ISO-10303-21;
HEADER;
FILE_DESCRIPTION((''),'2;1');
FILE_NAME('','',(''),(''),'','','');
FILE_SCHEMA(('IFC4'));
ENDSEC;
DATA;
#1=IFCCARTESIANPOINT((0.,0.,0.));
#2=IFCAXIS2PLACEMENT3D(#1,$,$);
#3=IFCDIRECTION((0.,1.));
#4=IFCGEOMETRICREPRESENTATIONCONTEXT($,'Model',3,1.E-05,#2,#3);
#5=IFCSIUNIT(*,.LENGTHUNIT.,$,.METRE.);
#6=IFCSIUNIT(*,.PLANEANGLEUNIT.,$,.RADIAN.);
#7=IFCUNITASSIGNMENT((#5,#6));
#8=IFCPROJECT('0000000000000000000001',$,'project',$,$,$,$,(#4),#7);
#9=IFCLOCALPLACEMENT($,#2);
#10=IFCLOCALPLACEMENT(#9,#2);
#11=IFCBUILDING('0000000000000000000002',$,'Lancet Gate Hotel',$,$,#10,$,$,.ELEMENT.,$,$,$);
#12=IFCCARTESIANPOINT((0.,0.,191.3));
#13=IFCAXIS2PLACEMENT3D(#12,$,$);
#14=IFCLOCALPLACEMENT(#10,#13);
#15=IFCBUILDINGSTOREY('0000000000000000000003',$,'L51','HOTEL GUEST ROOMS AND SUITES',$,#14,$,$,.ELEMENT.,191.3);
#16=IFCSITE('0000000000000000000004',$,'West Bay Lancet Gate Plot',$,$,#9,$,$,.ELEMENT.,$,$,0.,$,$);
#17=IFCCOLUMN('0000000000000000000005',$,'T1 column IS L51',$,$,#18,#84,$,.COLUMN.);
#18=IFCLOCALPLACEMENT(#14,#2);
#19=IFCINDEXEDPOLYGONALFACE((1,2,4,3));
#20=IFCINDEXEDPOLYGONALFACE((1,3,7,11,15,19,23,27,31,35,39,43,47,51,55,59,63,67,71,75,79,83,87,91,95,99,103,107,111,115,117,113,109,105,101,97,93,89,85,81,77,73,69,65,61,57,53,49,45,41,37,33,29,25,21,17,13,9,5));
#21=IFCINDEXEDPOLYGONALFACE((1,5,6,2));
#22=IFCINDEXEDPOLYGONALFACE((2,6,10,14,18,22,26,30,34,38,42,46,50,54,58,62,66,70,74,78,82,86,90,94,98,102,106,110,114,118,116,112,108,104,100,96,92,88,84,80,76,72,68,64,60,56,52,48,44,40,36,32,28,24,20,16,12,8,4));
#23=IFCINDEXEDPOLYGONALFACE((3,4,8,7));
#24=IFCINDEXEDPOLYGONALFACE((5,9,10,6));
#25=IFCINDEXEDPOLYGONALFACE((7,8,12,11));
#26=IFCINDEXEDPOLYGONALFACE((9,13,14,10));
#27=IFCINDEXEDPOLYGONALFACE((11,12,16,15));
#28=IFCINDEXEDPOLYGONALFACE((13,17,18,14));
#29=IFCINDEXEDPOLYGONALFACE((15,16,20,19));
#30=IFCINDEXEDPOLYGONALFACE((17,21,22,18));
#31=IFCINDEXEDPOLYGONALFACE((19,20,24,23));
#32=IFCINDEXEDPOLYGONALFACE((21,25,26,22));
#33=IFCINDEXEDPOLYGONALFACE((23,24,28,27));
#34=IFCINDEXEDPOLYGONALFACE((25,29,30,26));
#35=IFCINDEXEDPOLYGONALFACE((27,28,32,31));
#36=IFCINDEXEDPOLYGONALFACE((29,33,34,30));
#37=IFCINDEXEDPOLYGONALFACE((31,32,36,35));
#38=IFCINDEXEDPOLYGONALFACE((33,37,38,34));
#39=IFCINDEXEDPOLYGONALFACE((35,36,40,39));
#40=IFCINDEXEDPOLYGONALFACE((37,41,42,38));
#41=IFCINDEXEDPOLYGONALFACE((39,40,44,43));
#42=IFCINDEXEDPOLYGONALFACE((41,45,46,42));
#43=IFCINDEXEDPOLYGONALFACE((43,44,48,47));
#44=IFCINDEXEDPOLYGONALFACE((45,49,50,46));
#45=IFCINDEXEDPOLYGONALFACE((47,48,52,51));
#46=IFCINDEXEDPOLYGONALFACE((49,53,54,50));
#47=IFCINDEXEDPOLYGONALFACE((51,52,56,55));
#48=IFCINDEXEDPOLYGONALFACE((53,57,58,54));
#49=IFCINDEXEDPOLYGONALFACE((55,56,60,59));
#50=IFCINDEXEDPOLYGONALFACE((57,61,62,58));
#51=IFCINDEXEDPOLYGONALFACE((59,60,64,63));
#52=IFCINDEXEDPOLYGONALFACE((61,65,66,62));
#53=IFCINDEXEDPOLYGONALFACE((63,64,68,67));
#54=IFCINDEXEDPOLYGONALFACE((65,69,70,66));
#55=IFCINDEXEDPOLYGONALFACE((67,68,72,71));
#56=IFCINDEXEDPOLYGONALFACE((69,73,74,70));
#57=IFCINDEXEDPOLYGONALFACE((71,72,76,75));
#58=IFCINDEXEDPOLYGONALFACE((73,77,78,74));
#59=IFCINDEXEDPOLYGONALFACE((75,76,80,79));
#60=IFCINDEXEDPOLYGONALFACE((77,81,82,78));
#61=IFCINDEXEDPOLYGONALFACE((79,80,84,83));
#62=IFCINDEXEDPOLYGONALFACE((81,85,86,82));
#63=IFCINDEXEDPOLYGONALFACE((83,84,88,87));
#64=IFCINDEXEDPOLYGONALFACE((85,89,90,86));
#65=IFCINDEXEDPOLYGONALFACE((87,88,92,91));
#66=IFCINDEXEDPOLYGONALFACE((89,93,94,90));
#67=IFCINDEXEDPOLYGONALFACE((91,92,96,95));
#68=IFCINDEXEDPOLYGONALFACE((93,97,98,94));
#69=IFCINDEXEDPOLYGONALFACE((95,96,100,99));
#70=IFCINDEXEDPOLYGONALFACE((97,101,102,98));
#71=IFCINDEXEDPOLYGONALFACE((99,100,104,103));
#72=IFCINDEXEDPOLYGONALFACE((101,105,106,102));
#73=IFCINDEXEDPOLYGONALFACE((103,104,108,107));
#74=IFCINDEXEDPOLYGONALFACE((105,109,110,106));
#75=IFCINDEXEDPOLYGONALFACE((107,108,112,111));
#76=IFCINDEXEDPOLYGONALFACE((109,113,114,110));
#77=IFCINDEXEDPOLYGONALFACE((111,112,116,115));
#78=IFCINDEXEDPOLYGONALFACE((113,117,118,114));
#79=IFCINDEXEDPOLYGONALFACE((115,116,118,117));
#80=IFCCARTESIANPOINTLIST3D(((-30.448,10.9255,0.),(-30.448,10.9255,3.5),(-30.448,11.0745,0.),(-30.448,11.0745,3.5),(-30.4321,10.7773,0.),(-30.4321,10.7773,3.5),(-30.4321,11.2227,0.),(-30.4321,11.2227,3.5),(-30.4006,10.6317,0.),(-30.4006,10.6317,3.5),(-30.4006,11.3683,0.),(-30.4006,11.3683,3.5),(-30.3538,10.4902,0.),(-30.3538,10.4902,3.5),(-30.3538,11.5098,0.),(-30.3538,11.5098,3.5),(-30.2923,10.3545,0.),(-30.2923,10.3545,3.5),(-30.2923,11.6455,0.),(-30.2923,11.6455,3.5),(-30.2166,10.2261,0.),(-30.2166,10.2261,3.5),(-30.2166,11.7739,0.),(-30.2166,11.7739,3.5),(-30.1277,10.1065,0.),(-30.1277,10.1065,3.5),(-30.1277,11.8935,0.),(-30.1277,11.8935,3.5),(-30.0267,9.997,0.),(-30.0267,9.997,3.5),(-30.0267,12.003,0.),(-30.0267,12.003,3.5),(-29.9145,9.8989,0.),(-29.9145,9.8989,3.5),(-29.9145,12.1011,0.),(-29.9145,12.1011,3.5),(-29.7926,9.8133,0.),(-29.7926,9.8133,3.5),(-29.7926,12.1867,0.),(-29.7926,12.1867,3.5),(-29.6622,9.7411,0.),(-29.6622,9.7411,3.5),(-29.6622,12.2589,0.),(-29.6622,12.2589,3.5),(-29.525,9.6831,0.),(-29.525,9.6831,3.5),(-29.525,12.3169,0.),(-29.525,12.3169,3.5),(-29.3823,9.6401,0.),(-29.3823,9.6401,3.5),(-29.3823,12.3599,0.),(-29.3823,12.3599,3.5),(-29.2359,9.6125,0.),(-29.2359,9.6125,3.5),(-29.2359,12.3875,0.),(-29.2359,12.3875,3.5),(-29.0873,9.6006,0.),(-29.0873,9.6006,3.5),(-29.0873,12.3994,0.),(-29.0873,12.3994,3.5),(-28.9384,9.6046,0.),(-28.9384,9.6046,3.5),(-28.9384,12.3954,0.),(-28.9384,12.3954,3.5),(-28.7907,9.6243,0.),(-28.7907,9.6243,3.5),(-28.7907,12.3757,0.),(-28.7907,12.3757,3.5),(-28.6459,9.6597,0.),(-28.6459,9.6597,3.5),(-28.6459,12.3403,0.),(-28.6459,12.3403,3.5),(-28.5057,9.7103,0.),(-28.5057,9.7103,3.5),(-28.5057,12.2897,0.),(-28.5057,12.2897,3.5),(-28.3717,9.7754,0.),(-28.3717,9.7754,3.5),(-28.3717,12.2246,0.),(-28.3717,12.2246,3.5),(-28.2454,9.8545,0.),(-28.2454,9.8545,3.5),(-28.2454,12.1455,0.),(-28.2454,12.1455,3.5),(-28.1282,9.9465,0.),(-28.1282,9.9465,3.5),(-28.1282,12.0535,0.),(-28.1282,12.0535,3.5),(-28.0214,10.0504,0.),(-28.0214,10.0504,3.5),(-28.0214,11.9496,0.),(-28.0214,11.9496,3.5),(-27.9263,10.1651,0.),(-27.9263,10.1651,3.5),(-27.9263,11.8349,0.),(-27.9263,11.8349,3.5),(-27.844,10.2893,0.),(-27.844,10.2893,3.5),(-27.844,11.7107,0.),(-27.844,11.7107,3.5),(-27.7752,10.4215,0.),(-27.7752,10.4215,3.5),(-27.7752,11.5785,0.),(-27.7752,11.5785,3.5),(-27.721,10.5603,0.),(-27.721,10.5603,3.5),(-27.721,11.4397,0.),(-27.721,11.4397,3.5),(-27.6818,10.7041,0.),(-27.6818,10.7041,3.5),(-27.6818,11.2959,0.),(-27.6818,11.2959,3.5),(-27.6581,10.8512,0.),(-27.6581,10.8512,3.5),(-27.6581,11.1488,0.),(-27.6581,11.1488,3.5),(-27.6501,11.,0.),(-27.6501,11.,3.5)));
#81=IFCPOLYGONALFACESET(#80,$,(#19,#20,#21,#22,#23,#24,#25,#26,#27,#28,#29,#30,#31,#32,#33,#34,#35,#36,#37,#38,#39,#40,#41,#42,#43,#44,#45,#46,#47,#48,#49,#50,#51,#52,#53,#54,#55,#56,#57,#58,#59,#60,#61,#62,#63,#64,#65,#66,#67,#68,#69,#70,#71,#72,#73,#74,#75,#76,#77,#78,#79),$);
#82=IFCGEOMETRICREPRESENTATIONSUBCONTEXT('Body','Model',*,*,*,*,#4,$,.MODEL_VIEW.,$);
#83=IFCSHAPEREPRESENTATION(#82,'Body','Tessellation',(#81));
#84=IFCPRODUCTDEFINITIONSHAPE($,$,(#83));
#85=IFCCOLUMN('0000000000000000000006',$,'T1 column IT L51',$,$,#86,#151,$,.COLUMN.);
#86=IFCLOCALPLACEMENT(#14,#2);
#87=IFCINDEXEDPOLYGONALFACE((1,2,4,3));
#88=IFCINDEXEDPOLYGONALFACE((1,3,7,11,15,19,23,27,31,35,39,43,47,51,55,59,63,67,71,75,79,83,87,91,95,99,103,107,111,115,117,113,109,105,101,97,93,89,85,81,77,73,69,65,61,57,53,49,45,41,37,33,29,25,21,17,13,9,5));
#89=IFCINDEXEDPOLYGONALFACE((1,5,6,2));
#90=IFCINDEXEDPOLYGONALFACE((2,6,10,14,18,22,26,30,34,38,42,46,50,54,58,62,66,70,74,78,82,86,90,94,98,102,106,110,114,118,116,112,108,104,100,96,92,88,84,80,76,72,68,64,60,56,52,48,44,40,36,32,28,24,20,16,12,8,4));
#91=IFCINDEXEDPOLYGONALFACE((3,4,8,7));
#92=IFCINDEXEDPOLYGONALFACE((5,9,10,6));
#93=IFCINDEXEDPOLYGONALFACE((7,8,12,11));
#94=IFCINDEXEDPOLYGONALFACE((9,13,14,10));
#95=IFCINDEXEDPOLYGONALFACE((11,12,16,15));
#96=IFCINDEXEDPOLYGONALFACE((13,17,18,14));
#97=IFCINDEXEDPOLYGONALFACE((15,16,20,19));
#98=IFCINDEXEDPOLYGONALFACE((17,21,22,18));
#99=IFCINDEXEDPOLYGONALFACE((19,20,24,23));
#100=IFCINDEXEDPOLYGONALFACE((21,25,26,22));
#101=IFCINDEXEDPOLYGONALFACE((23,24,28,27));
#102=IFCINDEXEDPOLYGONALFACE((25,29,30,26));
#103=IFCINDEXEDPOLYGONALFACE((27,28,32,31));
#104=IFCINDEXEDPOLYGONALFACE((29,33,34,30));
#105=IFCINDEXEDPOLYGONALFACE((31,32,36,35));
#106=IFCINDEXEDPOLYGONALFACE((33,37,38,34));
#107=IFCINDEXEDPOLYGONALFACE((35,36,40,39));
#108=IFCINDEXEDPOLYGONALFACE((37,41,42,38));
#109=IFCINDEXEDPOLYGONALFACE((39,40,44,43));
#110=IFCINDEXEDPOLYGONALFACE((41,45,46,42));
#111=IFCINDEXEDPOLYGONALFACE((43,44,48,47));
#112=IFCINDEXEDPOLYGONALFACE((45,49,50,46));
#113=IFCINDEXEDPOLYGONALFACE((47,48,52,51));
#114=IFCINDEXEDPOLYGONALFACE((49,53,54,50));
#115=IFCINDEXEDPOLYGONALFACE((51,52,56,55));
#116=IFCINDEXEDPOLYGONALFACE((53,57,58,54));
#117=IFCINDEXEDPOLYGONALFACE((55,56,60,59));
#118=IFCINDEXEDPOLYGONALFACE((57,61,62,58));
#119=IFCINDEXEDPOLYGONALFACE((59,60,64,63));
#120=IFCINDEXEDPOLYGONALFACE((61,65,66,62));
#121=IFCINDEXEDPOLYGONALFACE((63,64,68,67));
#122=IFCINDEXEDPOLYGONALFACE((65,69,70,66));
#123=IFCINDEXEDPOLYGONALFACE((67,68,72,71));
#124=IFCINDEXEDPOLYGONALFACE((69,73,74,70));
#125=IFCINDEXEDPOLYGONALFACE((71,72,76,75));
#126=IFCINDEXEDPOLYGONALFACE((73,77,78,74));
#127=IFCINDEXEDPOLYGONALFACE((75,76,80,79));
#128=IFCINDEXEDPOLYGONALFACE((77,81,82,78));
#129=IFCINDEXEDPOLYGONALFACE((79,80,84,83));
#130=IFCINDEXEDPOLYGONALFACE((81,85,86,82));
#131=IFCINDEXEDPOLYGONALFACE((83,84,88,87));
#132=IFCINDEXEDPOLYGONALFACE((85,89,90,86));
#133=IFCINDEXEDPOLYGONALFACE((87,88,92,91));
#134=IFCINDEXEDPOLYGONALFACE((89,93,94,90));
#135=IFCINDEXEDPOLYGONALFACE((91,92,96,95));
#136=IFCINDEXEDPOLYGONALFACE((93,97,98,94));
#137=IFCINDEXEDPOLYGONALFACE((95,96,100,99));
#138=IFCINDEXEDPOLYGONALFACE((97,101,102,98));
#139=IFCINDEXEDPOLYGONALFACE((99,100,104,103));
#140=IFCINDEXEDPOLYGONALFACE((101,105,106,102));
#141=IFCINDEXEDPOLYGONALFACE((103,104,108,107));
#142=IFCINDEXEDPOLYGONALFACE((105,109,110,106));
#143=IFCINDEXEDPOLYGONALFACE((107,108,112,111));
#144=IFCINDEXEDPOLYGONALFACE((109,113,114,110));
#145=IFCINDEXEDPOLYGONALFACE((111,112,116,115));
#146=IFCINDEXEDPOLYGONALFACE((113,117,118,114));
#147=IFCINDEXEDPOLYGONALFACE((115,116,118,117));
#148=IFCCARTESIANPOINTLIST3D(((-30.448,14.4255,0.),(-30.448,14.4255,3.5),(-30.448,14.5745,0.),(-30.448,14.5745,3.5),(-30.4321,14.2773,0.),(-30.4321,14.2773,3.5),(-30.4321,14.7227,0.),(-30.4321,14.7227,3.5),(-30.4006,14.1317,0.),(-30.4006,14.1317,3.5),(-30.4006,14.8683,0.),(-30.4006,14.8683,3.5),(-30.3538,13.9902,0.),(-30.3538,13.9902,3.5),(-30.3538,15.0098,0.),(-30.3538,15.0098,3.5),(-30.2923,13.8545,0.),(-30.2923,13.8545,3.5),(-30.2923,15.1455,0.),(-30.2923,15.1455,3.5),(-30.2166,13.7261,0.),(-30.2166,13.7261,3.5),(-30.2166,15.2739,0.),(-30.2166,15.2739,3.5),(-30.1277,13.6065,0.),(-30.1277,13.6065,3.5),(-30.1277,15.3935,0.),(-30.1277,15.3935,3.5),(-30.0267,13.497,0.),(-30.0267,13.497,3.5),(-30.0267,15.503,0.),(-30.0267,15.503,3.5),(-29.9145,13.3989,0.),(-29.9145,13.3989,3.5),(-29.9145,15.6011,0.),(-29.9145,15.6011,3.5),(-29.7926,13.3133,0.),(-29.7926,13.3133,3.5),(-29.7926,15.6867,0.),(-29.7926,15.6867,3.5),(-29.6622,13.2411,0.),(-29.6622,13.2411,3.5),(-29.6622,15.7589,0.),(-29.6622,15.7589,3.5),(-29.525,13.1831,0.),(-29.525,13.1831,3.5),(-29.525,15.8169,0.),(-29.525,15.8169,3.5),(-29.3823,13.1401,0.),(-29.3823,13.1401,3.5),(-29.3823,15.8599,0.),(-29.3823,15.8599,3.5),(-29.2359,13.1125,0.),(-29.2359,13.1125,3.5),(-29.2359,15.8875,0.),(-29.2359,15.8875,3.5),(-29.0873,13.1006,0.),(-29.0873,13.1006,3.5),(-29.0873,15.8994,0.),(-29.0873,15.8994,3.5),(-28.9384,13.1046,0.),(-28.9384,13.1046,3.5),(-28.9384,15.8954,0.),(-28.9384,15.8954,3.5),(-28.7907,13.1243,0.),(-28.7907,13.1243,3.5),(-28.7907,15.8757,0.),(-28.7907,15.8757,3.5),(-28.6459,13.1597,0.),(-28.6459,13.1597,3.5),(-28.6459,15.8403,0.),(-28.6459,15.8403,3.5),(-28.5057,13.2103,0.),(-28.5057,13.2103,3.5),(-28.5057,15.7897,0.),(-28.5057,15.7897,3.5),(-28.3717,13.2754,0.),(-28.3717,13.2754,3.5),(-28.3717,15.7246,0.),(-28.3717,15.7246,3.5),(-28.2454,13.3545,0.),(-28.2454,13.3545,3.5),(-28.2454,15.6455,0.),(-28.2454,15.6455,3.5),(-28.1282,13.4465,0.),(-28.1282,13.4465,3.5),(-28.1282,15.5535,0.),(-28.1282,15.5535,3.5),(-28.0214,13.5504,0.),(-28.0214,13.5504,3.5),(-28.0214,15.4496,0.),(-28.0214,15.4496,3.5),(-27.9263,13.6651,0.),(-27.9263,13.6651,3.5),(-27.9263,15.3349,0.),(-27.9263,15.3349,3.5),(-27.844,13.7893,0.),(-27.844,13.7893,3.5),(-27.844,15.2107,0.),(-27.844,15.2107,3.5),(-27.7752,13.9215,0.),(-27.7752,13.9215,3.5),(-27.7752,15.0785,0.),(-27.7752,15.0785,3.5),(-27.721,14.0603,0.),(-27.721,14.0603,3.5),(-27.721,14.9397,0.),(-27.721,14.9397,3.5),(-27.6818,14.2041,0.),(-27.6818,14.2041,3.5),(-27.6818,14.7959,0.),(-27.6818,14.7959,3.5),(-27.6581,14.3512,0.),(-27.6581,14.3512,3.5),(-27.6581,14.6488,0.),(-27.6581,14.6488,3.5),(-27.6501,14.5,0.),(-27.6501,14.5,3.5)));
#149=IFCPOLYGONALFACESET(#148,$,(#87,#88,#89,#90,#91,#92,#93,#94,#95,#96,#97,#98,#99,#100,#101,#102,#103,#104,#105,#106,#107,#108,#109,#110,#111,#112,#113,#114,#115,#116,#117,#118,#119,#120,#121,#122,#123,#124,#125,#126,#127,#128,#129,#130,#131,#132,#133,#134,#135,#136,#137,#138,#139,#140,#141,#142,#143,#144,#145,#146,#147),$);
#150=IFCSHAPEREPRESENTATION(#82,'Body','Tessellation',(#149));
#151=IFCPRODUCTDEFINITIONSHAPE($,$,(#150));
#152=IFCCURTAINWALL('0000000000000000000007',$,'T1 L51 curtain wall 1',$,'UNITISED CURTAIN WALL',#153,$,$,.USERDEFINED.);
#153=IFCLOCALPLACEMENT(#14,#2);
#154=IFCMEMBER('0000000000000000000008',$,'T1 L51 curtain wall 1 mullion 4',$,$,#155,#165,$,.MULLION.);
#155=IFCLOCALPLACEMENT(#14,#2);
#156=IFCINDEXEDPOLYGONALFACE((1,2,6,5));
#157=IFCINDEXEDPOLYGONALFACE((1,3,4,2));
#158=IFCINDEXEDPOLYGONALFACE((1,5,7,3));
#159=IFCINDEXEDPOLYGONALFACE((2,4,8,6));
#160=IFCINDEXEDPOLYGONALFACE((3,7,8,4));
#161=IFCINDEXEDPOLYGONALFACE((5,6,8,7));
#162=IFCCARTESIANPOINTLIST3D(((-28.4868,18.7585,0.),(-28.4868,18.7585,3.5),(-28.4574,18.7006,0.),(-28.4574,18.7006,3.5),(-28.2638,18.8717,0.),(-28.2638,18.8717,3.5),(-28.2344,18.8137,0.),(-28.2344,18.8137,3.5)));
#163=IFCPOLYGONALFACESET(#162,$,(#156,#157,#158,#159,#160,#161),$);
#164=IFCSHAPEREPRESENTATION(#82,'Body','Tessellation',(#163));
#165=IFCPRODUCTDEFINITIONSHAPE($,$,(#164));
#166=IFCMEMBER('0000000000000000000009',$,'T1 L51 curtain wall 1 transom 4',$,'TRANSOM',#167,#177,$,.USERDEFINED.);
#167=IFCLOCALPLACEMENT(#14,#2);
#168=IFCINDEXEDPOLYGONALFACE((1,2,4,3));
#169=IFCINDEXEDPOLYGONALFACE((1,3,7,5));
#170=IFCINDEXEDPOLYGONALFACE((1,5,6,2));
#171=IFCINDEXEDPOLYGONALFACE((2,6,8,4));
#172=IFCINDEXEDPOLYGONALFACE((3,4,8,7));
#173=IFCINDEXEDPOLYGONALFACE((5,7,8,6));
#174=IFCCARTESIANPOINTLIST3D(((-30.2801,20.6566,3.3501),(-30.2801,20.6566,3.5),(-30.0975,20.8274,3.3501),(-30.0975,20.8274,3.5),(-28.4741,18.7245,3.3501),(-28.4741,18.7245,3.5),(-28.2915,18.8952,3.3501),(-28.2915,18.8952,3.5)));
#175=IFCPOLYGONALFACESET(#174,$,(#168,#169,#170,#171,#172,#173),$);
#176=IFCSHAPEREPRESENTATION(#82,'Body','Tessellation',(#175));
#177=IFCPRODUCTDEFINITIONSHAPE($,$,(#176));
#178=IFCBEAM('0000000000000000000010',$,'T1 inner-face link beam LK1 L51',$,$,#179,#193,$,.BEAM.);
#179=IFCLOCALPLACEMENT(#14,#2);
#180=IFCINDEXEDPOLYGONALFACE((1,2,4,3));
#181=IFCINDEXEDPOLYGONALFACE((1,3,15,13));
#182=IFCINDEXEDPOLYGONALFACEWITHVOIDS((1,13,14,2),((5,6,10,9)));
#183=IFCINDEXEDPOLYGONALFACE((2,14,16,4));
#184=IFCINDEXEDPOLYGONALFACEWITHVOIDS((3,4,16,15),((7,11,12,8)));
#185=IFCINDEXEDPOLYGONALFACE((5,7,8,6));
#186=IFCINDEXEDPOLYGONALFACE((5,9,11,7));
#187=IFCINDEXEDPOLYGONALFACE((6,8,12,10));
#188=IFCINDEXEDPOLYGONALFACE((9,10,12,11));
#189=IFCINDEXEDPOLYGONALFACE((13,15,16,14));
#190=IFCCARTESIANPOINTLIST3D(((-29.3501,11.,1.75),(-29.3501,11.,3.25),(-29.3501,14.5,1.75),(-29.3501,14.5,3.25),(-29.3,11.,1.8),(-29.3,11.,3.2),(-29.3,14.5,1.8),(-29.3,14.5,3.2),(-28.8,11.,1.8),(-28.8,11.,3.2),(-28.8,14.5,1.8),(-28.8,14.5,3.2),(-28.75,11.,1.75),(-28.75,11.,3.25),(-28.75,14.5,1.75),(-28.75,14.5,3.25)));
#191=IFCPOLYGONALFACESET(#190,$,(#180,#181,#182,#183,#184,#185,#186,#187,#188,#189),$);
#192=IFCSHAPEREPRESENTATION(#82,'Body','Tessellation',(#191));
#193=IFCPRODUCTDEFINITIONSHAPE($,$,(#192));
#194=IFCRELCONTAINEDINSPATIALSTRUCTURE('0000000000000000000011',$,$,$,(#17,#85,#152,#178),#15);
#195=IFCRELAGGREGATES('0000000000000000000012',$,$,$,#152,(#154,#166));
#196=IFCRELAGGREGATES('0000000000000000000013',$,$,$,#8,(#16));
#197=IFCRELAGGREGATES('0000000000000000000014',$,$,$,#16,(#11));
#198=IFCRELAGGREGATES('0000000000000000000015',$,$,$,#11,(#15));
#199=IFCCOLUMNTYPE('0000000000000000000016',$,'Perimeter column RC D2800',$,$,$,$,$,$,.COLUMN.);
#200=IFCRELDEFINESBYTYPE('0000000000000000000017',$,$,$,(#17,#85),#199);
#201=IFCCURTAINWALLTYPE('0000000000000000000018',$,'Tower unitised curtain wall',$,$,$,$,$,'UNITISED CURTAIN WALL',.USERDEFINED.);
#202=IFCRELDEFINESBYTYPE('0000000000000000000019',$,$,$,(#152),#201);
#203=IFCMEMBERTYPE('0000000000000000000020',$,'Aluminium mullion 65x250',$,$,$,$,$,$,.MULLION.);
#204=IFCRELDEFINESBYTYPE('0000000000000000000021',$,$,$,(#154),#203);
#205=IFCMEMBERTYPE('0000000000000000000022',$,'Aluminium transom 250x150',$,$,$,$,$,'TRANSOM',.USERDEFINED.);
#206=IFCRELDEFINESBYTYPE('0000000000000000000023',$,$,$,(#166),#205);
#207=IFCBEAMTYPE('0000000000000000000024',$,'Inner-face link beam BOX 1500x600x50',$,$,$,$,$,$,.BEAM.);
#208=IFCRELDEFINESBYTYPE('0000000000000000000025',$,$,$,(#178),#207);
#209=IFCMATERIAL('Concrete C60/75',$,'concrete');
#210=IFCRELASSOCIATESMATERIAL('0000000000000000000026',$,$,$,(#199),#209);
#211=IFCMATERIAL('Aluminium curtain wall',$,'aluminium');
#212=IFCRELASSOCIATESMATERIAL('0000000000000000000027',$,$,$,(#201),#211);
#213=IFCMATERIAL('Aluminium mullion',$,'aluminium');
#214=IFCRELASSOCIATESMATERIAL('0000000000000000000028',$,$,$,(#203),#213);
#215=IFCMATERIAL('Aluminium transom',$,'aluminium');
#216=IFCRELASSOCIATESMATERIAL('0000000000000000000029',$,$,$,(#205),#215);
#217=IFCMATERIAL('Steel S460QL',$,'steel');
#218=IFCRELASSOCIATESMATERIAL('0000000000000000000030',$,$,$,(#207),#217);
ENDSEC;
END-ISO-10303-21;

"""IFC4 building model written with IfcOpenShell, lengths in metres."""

from ifc_helpers import new_model, si_unit, direction, frame, origin, origin_2d, place, context, subcontext, project, spatial, rectangle, hollow_rectangle, circle, extrude, material, material_profile, profile_set, type_object, element, aggregate, save


model = new_model("IFC4")

# Units and contexts
model_context = context("Model", 3, precision=1e-05, world=origin(), true_north=direction((0.0, 1.0)))
body_context = subcontext(model_context, "Body", "Model", "MODEL_VIEW")
ifc_project = project(units=[si_unit("LENGTHUNIT", "METRE"), si_unit("PLANEANGLEUNIT", "RADIAN")], contexts=[model_context])

# Site, building, storey
site_placement = place(None, origin())
site = spatial("IfcSite", under=ifc_project, at=site_placement, Name="West Bay Lancet Gate Plot", CompositionType="ELEMENT", RefElevation=0.0)
building_placement = place(site_placement, origin())
building = spatial("IfcBuilding", under=site, at=building_placement, Name="Lancet Gate Hotel", CompositionType="ELEMENT")
storey_placement = place(building_placement, frame((0.0, 0.0, 191.3)))
storey = spatial("IfcBuildingStorey", under=building, at=storey_placement, Name="L51", Description="HOTEL GUEST ROOMS AND SUITES", CompositionType="ELEMENT", Elevation=191.3)

# Columns
ifc_material_1 = material(Name="Concrete C60/75", Category="concrete")
ifc_material_profile_1 = material_profile(ifc_material_1, circle(Radius=1.3999, at=origin_2d()), Name="RC D2800")
ifc_profile_set_1 = profile_set([ifc_material_profile_1], Name="Concrete C60/75")
column_type = type_object("IfcColumnType", Name="Perimeter column RC D2800", PredefinedType="COLUMN", material=ifc_profile_set_1)
for number, where, z_axis, x_axis, name in (
    (1, (-29.05, 11.0, 0.0), (0.0, 0.0, 1.0), (1.0, 0.0, 0.0), "T1 column IS L51"),
    (2, (-29.05, 14.5, 0.0), (0.0, 0.0, 1.0), (1.0, 0.0, 0.0), "T1 column IT L51"),
):
    element("IfcColumn", number, at=place(storey_placement, frame(where, z_axis=z_axis, x_axis=x_axis)), inside=storey, type_object=column_type, Name=name, PredefinedType="COLUMN", context=body_context, shape_type="SweptSolid", body=[
        extrude(circle(Radius=1.3999, at=origin_2d()), origin(), (0.0, 0.0, 1.0), 3.5),
    ])

# Curtain wall, members
ifc_material_2 = material(Name="Aluminium curtain wall", Category="aluminium")
curtain_wall_type = type_object("IfcCurtainWallType", Name="Tower unitised curtain wall", ElementType="UNITISED CURTAIN WALL", PredefinedType="USERDEFINED", material=ifc_material_2)
curtain_wall_placement = place(storey_placement, origin())
curtain_wall = element("IfcCurtainWall", 3, at=curtain_wall_placement, inside=storey, type_object=curtain_wall_type, Name="T1 L51 curtain wall 1", ObjectType="UNITISED CURTAIN WALL", PredefinedType="USERDEFINED")
ifc_material_3 = material(Name="Aluminium mullion", Category="aluminium")
ifc_material_profile_2 = material_profile(ifc_material_3, rectangle(XDim=0.0649, YDim=0.25, at=origin_2d()), Name="MULLION 65x250")
ifc_profile_set_2 = profile_set([ifc_material_profile_2], Name="Aluminium mullion")
member_type_1 = type_object("IfcMemberType", Name="Aluminium mullion 65x250", PredefinedType="MULLION", material=ifc_profile_set_2)
member_1_placement = place(storey_placement, frame((-28.3606, 18.7861, 0.0), z_axis=(0.0, 0.0, 1.0), x_axis=(-0.452508, 0.891761, 0.0)))
member_1 = element("IfcMember", 4, at=member_1_placement, type_object=member_type_1, Name="T1 L51 curtain wall 1 mullion 4", PredefinedType="MULLION", context=body_context, shape_type="SweptSolid", body=[
    extrude(rectangle(XDim=0.0649, YDim=0.25, at=origin_2d()), origin(), (0.0, 0.0, 1.0), 3.5),
])
ifc_material_4 = material(Name="Aluminium transom", Category="aluminium")
ifc_material_profile_3 = material_profile(ifc_material_4, rectangle(XDim=0.25, YDim=0.1499, at=origin_2d()), Name="TRANSOM 250x150")
ifc_profile_set_3 = profile_set([ifc_material_profile_3], Name="Aluminium transom")
member_type_2 = type_object("IfcMemberType", Name="Aluminium transom 250x150", ElementType="TRANSOM", PredefinedType="USERDEFINED", material=ifc_profile_set_3)
member_2_placement = place(storey_placement, frame((-28.3828, 18.8098, 3.425), z_axis=(-0.682841, 0.730567, 0.0), x_axis=(-0.730567, -0.682841, 0.0)))
member_2 = element("IfcMember", 5, at=member_2_placement, type_object=member_type_2, Name="T1 L51 curtain wall 1 transom 4", ObjectType="TRANSOM", PredefinedType="USERDEFINED", context=body_context, shape_type="SweptSolid", body=[
    extrude(rectangle(XDim=0.25, YDim=0.1499, at=origin_2d()), origin(), (0.0, 0.0, 1.0), 2.6448),
])

# Beam
ifc_material_5 = material(Name="Steel S460QL", Category="steel")
ifc_material_profile_4 = material_profile(ifc_material_5, hollow_rectangle(XDim=0.6001, YDim=1.5, WallThickness=0.05, at=origin_2d()), Name="BOX 1500x600x50")
ifc_profile_set_4 = profile_set([ifc_material_profile_4], Name="Steel S460QL")
beam_type = type_object("IfcBeamType", Name="Inner-face link beam BOX 1500x600x50", PredefinedType="BEAM", material=ifc_profile_set_4)
beam_placement = place(storey_placement, frame((-29.05, 14.5, 2.5), z_axis=(0.0, -1.0, 0.0), x_axis=(1.0, 0.0, 0.0)))
element("IfcBeam", 6, at=beam_placement, inside=storey, type_object=beam_type, Name="T1 inner-face link beam LK1 L51", PredefinedType="BEAM", context=body_context, shape_type="SweptSolid", body=[
    extrude(hollow_rectangle(XDim=0.6001, YDim=1.5, WallThickness=0.05, at=origin_2d()), origin(), (0.0, 0.0, 1.0), 3.5),
])

aggregate(curtain_wall, [member_1, member_2])

save(model, "model.ifc")
